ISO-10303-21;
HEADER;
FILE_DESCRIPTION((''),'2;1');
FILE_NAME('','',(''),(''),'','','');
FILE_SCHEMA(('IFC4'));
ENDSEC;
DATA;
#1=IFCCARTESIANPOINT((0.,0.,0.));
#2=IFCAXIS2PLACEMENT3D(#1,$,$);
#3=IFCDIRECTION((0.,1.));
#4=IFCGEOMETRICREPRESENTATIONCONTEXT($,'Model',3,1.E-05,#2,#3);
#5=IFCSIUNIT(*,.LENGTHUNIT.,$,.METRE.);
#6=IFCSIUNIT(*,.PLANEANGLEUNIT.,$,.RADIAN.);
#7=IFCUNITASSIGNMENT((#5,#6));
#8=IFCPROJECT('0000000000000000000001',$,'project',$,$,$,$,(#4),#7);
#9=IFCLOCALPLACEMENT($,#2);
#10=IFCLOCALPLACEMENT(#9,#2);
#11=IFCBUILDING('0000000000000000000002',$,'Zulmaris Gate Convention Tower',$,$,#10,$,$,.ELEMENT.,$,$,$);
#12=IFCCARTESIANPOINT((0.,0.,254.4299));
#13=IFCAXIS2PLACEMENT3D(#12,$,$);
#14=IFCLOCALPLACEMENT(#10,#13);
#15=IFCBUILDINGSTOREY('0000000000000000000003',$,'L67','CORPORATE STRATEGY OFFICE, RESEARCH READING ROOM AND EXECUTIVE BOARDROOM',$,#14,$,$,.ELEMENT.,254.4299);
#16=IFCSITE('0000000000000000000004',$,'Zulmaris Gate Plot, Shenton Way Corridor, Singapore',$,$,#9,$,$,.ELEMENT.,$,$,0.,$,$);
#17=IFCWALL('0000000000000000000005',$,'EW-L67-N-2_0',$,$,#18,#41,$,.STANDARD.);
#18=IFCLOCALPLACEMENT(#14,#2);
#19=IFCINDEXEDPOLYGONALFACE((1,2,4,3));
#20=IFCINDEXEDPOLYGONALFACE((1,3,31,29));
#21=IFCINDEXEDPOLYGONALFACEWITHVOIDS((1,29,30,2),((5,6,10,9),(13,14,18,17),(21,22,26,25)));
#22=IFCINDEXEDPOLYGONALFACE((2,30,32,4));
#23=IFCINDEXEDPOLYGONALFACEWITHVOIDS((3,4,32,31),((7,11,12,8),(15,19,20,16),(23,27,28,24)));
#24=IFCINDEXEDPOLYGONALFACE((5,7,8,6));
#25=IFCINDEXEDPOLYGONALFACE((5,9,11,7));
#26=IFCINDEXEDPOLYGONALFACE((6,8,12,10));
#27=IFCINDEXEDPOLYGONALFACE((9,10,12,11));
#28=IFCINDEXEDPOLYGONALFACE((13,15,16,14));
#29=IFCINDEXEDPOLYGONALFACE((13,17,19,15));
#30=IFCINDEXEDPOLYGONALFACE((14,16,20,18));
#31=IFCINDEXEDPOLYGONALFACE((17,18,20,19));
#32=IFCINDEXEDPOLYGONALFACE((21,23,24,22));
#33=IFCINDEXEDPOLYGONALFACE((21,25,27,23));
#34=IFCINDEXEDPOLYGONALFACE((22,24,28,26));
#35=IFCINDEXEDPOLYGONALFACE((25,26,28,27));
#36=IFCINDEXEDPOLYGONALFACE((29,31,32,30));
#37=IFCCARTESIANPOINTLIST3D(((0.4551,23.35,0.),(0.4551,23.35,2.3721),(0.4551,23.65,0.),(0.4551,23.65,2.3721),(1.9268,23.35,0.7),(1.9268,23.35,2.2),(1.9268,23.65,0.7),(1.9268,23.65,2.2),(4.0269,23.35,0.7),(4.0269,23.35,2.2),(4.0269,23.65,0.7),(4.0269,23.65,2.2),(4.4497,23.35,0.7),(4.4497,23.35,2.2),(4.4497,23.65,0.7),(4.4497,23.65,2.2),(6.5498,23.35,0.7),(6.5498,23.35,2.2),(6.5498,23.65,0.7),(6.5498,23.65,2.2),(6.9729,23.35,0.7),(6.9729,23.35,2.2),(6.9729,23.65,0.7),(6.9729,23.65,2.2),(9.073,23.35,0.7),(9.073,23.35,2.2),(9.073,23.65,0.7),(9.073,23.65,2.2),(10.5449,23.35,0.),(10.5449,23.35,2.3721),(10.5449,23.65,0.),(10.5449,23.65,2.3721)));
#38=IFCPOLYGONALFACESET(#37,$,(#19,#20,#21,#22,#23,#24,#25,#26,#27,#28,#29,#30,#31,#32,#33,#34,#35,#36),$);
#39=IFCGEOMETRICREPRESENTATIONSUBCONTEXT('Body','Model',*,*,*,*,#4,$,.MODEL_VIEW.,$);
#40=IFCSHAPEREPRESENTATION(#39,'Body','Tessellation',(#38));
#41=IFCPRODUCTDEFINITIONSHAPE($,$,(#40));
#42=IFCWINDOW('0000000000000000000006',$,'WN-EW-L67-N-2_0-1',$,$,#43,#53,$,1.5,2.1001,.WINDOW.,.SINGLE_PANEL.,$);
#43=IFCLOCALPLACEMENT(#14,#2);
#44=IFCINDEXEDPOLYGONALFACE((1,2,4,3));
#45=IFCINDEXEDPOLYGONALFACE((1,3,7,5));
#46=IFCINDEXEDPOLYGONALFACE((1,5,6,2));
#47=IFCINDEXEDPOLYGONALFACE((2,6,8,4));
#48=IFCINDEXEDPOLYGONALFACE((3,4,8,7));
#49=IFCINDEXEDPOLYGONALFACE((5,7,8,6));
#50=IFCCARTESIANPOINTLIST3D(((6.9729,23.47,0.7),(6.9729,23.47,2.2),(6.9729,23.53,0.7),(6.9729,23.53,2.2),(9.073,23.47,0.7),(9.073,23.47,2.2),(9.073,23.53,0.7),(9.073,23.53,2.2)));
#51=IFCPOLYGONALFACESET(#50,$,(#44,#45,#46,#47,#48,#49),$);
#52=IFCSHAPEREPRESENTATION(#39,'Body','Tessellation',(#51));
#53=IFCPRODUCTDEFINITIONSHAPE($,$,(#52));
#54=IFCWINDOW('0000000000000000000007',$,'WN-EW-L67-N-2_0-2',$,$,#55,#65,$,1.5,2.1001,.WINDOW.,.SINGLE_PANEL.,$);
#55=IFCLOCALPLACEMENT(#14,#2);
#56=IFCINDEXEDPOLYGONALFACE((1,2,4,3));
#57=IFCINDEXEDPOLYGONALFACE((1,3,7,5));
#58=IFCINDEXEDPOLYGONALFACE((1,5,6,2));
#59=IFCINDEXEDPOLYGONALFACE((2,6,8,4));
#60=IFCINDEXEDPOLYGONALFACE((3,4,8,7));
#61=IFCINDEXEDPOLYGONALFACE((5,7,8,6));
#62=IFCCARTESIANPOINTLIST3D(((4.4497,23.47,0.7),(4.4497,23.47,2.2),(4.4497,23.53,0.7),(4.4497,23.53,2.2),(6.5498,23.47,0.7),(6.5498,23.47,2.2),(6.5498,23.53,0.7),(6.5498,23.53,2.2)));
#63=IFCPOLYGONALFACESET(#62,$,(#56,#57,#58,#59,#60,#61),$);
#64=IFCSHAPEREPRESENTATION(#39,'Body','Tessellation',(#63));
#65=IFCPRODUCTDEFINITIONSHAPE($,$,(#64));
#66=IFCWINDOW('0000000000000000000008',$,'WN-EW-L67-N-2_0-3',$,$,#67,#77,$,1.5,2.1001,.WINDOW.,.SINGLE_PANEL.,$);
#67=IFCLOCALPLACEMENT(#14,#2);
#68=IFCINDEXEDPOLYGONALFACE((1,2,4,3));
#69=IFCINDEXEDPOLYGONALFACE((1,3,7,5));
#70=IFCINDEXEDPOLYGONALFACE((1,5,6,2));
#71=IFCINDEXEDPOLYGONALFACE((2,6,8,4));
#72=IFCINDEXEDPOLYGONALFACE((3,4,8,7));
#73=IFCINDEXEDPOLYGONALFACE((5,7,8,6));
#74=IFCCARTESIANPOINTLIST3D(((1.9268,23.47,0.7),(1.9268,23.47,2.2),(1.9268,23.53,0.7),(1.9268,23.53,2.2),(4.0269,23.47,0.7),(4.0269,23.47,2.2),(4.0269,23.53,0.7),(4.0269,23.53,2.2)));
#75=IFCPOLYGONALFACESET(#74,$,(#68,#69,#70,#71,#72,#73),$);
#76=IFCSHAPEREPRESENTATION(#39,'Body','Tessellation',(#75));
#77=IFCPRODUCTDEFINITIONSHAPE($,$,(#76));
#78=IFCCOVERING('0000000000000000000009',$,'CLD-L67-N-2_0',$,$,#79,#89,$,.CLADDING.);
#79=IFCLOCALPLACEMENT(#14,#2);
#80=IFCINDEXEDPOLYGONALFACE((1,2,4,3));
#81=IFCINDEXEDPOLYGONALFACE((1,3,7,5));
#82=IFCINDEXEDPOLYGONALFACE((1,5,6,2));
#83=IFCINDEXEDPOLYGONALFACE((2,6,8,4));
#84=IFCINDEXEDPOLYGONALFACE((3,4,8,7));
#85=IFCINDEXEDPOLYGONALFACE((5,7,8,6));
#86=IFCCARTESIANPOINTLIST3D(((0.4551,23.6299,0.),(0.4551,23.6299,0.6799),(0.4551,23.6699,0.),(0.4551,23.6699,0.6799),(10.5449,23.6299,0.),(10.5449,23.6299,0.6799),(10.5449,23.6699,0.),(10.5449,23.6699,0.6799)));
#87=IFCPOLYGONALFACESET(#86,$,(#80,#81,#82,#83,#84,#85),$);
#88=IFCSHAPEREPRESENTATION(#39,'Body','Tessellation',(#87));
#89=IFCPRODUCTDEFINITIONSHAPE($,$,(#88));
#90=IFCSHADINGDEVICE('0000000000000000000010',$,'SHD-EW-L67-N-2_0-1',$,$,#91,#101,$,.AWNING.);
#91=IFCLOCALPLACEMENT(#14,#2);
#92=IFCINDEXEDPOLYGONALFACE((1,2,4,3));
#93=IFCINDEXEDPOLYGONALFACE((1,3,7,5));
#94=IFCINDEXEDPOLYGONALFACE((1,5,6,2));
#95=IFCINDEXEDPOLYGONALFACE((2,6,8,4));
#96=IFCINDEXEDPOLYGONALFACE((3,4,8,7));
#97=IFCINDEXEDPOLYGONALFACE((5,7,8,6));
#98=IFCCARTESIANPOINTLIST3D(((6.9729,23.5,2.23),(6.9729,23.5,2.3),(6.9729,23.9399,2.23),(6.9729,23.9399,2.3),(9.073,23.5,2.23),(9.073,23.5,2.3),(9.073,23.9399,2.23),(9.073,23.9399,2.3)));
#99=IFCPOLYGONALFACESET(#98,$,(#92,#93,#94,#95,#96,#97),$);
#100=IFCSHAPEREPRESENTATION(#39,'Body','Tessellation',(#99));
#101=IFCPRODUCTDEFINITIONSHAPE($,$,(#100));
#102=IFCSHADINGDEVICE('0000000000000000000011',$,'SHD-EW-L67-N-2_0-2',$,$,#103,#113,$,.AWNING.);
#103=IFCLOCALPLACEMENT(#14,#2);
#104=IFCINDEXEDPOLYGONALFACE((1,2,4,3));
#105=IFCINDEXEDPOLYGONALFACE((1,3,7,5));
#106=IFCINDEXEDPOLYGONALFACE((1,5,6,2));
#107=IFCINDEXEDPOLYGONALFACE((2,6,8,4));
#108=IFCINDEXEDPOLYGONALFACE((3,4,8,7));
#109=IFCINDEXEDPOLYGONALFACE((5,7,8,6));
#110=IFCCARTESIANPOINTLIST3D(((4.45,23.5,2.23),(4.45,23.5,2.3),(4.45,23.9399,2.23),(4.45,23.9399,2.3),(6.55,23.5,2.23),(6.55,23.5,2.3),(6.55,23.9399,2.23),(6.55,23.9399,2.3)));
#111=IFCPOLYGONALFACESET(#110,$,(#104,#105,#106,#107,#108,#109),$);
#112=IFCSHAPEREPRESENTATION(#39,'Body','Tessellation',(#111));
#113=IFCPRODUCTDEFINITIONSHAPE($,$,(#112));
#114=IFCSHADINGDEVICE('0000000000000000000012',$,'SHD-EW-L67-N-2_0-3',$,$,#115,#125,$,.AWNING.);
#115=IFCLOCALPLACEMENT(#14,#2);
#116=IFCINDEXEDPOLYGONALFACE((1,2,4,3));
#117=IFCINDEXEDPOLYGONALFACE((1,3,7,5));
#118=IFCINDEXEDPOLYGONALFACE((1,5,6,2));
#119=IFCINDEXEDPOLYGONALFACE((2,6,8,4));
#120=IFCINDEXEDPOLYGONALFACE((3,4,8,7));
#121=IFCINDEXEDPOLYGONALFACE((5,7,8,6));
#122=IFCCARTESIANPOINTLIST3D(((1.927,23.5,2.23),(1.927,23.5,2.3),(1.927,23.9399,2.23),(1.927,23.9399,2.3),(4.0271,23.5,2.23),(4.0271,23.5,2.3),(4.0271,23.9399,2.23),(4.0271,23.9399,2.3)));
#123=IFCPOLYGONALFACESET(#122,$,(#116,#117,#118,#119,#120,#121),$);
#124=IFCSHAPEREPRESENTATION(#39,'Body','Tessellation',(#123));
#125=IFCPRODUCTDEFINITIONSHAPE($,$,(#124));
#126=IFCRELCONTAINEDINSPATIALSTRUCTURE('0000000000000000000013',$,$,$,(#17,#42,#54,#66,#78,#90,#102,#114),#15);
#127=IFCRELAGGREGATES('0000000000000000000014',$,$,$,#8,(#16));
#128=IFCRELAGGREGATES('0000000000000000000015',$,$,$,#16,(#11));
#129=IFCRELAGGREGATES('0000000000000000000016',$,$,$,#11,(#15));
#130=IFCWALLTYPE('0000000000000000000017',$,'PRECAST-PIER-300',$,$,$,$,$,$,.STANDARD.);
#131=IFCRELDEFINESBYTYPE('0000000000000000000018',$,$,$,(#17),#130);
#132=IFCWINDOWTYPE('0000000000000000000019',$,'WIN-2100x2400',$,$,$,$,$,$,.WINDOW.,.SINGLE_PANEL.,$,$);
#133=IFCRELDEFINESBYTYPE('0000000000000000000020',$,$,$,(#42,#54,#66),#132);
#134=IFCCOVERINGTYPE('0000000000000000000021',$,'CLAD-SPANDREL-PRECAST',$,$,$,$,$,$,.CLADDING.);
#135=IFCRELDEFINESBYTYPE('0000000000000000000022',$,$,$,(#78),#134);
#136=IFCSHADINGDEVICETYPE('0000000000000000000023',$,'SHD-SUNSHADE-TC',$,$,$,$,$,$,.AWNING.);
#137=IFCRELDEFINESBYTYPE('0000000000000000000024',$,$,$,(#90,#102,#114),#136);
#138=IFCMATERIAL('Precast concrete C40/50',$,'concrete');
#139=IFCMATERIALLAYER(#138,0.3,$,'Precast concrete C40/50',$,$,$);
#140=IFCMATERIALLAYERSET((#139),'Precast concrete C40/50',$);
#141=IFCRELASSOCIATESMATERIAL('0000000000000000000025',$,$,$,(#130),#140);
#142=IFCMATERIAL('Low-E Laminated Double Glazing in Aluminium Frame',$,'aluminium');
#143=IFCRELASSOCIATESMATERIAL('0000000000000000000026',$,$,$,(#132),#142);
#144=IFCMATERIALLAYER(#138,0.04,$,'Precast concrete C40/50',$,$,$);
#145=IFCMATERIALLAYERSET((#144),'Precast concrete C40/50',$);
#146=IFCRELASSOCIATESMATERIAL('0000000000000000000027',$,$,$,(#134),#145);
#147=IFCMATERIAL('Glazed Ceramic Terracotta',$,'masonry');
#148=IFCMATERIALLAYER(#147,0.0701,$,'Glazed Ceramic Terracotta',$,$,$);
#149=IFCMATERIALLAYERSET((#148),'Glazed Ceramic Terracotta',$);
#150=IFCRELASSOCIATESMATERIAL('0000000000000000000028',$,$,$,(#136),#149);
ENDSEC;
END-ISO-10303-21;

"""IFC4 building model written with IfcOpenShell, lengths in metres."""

from ifc_helpers import new_model, si_unit, direction, frame, frame_2d, origin, place, context, subcontext, project, spatial, rectangle, extrude, material, layer, layer_set, type_object, element, fill, save


model = new_model("IFC4")

# Units and contexts
model_context = context("Model", 3, precision=1e-05, world=origin(), true_north=direction((0.0, 1.0)))
body_context = subcontext(model_context, "Body", "Model", "MODEL_VIEW")
ifc_project = project(units=[si_unit("LENGTHUNIT", "METRE"), si_unit("PLANEANGLEUNIT", "RADIAN")], contexts=[model_context])

# Site, building, storey
site_placement = place(None, origin())
site = spatial("IfcSite", under=ifc_project, at=site_placement, Name="Zulmaris Gate Plot, Shenton Way Corridor, Singapore", CompositionType="ELEMENT", RefElevation=0.0)
building_placement = place(site_placement, origin())
building = spatial("IfcBuilding", under=site, at=building_placement, Name="Zulmaris Gate Convention Tower", CompositionType="ELEMENT")
storey_placement = place(building_placement, frame((0.0, 0.0, 254.4299)))
storey = spatial("IfcBuildingStorey", under=building, at=storey_placement, Name="L67", Description="CORPORATE STRATEGY OFFICE, RESEARCH READING ROOM AND EXECUTIVE BOARDROOM", CompositionType="ELEMENT", Elevation=254.4299)

# Wall, openings, windows
ifc_material_1 = material(Name="Precast concrete C40/50", Category="concrete")
ifc_layer_1 = layer(ifc_material_1, 0.3, Name="Precast concrete C40/50")
ifc_layer_set_1 = layer_set([ifc_layer_1], Name="Precast concrete C40/50")
wall_type_1 = type_object("IfcWallType", Name="PRECAST-PIER-300", PredefinedType="STANDARD", material=ifc_layer_set_1)
wall_1_placement = place(storey_placement, frame((10.5449, 23.5, 0.0), z_axis=(0.0, 0.0, 1.0), x_axis=(-1.0, 0.0, 0.0)))
wall_1 = element("IfcWall", 1, at=wall_1_placement, inside=storey, type_object=wall_type_1, Name="EW-L67-N-2_0", PredefinedType="STANDARD", context=body_context, shape_type="SweptSolid", body=[
    extrude(rectangle(XDim=10.0898, YDim=0.3, at=frame_2d((5.0449, 0.0))), origin(), (0.0, 0.0, 1.0), 2.3721),
])
opening_1_placement = place(wall_1_placement, frame((1.4719, 0.0, 0.7)))
opening_1 = element("IfcOpeningElement", 2, at=opening_1_placement, cuts=wall_1, PredefinedType="OPENING", context=body_context, shape_type="SweptSolid", body=[
    extrude(rectangle(XDim=2.1001, YDim=1.5, at=frame_2d((1.05, 0.75))), frame((0.0, 0.1602, 0.0), z_axis=(0.0, -1.0, 0.0), x_axis=(1.0, 0.0, 0.0)), (0.0, 0.0, 1.0), 0.3201),
])
opening_2_placement = place(wall_1_placement, frame((3.9951, 0.0, 0.7)))
opening_2 = element("IfcOpeningElement", 3, at=opening_2_placement, cuts=wall_1, PredefinedType="OPENING", context=body_context, shape_type="SweptSolid", body=[
    extrude(rectangle(XDim=2.1001, YDim=1.5, at=frame_2d((1.05, 0.75))), frame((0.0, 0.1602, 0.0), z_axis=(0.0, -1.0, 0.0), x_axis=(1.0, 0.0, 0.0)), (0.0, 0.0, 1.0), 0.3201),
])
opening_3_placement = place(wall_1_placement, frame((6.5181, 0.0, 0.7)))
opening_3 = element("IfcOpeningElement", 4, at=opening_3_placement, cuts=wall_1, PredefinedType="OPENING", context=body_context, shape_type="SweptSolid", body=[
    extrude(rectangle(XDim=2.1001, YDim=1.5, at=frame_2d((1.05, 0.75))), frame((0.0, 0.1602, 0.0), z_axis=(0.0, -1.0, 0.0), x_axis=(1.0, 0.0, 0.0)), (0.0, 0.0, 1.0), 0.3201),
])
ifc_material_2 = material(Name="Low-E Laminated Double Glazing in Aluminium Frame", Category="aluminium")
window_type = type_object("IfcWindowType", Name="WIN-2100x2400", PartitioningType="SINGLE_PANEL", PredefinedType="WINDOW", material=ifc_material_2)
window_1_placement = place(opening_1_placement, origin())
window_1 = element("IfcWindow", 5, at=window_1_placement, inside=storey, type_object=window_type, Name="WN-EW-L67-N-2_0-1", OverallHeight=1.5, OverallWidth=2.1001, PartitioningType="SINGLE_PANEL", PredefinedType="WINDOW", context=body_context, shape_type="SweptSolid", body=[
    extrude(rectangle(XDim=2.1001, YDim=1.5, at=frame_2d((1.05, 0.75))), frame((0.0, 0.03, 0.0), z_axis=(0.0, -1.0, 0.0), x_axis=(1.0, 0.0, 0.0)), (0.0, 0.0, 1.0), 0.0601),
])
fill(opening_1, window_1)
window_2_placement = place(opening_2_placement, origin())
window_2 = element("IfcWindow", 6, at=window_2_placement, inside=storey, type_object=window_type, Name="WN-EW-L67-N-2_0-2", OverallHeight=1.5, OverallWidth=2.1001, PartitioningType="SINGLE_PANEL", PredefinedType="WINDOW", context=body_context, shape_type="SweptSolid", body=[
    extrude(rectangle(XDim=2.1001, YDim=1.5, at=frame_2d((1.05, 0.75))), frame((0.0, 0.03, 0.0), z_axis=(0.0, -1.0, 0.0), x_axis=(1.0, 0.0, 0.0)), (0.0, 0.0, 1.0), 0.0601),
])
fill(opening_2, window_2)
window_3_placement = place(opening_3_placement, origin())
window_3 = element("IfcWindow", 7, at=window_3_placement, inside=storey, type_object=window_type, Name="WN-EW-L67-N-2_0-3", OverallHeight=1.5, OverallWidth=2.1001, PartitioningType="SINGLE_PANEL", PredefinedType="WINDOW", context=body_context, shape_type="SweptSolid", body=[
    extrude(rectangle(XDim=2.1001, YDim=1.5, at=frame_2d((1.05, 0.75))), frame((0.0, 0.03, 0.0), z_axis=(0.0, -1.0, 0.0), x_axis=(1.0, 0.0, 0.0)), (0.0, 0.0, 1.0), 0.0601),
])
fill(opening_3, window_3)

# Covering
ifc_layer_2 = layer(ifc_material_1, 0.04, Name="Precast concrete C40/50")
ifc_layer_set_2 = layer_set([ifc_layer_2], Name="Precast concrete C40/50")
covering_type = type_object("IfcCoveringType", Name="CLAD-SPANDREL-PRECAST", PredefinedType="CLADDING", material=ifc_layer_set_2)
covering_placement = place(storey_placement, frame((10.5449, 23.6499, 0.0), z_axis=(0.0, 0.0, 1.0), x_axis=(-1.0, 0.0, 0.0)))
element("IfcCovering", 8, at=covering_placement, inside=storey, type_object=covering_type, Name="CLD-L67-N-2_0", PredefinedType="CLADDING", context=body_context, shape_type="SweptSolid", body=[
    extrude(rectangle(XDim=10.0898, YDim=0.04, at=frame_2d((5.0449, 0.0))), origin(), (0.0, 0.0, 1.0), 0.6799),
])

# Shading devices
ifc_material_3 = material(Name="Glazed Ceramic Terracotta", Category="masonry")
ifc_layer_3 = layer(ifc_material_3, 0.0701, Name="Glazed Ceramic Terracotta")
ifc_layer_set_3 = layer_set([ifc_layer_3], Name="Glazed Ceramic Terracotta")
shading_device_type = type_object("IfcShadingDeviceType", Name="SHD-SUNSHADE-TC", PredefinedType="AWNING", material=ifc_layer_set_3)
for number, where, z_axis, x_axis, name in (
    (9, (9.073, 23.72, 2.23), (0.0, 0.0, 1.0), (-1.0, 0.0, 0.0), "SHD-EW-L67-N-2_0-1"),
    (10, (6.55, 23.72, 2.23), (0.0, 0.0, 1.0), (-1.0, 0.0, 0.0), "SHD-EW-L67-N-2_0-2"),
    (11, (4.0271, 23.72, 2.23), (0.0, 0.0, 1.0), (-1.0, 0.0, 0.0), "SHD-EW-L67-N-2_0-3"),
):
    element("IfcShadingDevice", number, at=place(storey_placement, frame(where, z_axis=z_axis, x_axis=x_axis)), inside=storey, type_object=shading_device_type, Name=name, PredefinedType="AWNING", context=body_context, shape_type="SweptSolid", body=[
        extrude(rectangle(XDim=2.1001, YDim=0.4399, at=frame_2d((1.05, 0.0))), origin(), (0.0, 0.0, 1.0), 0.0701),
    ])

save(model, "model.ifc")
